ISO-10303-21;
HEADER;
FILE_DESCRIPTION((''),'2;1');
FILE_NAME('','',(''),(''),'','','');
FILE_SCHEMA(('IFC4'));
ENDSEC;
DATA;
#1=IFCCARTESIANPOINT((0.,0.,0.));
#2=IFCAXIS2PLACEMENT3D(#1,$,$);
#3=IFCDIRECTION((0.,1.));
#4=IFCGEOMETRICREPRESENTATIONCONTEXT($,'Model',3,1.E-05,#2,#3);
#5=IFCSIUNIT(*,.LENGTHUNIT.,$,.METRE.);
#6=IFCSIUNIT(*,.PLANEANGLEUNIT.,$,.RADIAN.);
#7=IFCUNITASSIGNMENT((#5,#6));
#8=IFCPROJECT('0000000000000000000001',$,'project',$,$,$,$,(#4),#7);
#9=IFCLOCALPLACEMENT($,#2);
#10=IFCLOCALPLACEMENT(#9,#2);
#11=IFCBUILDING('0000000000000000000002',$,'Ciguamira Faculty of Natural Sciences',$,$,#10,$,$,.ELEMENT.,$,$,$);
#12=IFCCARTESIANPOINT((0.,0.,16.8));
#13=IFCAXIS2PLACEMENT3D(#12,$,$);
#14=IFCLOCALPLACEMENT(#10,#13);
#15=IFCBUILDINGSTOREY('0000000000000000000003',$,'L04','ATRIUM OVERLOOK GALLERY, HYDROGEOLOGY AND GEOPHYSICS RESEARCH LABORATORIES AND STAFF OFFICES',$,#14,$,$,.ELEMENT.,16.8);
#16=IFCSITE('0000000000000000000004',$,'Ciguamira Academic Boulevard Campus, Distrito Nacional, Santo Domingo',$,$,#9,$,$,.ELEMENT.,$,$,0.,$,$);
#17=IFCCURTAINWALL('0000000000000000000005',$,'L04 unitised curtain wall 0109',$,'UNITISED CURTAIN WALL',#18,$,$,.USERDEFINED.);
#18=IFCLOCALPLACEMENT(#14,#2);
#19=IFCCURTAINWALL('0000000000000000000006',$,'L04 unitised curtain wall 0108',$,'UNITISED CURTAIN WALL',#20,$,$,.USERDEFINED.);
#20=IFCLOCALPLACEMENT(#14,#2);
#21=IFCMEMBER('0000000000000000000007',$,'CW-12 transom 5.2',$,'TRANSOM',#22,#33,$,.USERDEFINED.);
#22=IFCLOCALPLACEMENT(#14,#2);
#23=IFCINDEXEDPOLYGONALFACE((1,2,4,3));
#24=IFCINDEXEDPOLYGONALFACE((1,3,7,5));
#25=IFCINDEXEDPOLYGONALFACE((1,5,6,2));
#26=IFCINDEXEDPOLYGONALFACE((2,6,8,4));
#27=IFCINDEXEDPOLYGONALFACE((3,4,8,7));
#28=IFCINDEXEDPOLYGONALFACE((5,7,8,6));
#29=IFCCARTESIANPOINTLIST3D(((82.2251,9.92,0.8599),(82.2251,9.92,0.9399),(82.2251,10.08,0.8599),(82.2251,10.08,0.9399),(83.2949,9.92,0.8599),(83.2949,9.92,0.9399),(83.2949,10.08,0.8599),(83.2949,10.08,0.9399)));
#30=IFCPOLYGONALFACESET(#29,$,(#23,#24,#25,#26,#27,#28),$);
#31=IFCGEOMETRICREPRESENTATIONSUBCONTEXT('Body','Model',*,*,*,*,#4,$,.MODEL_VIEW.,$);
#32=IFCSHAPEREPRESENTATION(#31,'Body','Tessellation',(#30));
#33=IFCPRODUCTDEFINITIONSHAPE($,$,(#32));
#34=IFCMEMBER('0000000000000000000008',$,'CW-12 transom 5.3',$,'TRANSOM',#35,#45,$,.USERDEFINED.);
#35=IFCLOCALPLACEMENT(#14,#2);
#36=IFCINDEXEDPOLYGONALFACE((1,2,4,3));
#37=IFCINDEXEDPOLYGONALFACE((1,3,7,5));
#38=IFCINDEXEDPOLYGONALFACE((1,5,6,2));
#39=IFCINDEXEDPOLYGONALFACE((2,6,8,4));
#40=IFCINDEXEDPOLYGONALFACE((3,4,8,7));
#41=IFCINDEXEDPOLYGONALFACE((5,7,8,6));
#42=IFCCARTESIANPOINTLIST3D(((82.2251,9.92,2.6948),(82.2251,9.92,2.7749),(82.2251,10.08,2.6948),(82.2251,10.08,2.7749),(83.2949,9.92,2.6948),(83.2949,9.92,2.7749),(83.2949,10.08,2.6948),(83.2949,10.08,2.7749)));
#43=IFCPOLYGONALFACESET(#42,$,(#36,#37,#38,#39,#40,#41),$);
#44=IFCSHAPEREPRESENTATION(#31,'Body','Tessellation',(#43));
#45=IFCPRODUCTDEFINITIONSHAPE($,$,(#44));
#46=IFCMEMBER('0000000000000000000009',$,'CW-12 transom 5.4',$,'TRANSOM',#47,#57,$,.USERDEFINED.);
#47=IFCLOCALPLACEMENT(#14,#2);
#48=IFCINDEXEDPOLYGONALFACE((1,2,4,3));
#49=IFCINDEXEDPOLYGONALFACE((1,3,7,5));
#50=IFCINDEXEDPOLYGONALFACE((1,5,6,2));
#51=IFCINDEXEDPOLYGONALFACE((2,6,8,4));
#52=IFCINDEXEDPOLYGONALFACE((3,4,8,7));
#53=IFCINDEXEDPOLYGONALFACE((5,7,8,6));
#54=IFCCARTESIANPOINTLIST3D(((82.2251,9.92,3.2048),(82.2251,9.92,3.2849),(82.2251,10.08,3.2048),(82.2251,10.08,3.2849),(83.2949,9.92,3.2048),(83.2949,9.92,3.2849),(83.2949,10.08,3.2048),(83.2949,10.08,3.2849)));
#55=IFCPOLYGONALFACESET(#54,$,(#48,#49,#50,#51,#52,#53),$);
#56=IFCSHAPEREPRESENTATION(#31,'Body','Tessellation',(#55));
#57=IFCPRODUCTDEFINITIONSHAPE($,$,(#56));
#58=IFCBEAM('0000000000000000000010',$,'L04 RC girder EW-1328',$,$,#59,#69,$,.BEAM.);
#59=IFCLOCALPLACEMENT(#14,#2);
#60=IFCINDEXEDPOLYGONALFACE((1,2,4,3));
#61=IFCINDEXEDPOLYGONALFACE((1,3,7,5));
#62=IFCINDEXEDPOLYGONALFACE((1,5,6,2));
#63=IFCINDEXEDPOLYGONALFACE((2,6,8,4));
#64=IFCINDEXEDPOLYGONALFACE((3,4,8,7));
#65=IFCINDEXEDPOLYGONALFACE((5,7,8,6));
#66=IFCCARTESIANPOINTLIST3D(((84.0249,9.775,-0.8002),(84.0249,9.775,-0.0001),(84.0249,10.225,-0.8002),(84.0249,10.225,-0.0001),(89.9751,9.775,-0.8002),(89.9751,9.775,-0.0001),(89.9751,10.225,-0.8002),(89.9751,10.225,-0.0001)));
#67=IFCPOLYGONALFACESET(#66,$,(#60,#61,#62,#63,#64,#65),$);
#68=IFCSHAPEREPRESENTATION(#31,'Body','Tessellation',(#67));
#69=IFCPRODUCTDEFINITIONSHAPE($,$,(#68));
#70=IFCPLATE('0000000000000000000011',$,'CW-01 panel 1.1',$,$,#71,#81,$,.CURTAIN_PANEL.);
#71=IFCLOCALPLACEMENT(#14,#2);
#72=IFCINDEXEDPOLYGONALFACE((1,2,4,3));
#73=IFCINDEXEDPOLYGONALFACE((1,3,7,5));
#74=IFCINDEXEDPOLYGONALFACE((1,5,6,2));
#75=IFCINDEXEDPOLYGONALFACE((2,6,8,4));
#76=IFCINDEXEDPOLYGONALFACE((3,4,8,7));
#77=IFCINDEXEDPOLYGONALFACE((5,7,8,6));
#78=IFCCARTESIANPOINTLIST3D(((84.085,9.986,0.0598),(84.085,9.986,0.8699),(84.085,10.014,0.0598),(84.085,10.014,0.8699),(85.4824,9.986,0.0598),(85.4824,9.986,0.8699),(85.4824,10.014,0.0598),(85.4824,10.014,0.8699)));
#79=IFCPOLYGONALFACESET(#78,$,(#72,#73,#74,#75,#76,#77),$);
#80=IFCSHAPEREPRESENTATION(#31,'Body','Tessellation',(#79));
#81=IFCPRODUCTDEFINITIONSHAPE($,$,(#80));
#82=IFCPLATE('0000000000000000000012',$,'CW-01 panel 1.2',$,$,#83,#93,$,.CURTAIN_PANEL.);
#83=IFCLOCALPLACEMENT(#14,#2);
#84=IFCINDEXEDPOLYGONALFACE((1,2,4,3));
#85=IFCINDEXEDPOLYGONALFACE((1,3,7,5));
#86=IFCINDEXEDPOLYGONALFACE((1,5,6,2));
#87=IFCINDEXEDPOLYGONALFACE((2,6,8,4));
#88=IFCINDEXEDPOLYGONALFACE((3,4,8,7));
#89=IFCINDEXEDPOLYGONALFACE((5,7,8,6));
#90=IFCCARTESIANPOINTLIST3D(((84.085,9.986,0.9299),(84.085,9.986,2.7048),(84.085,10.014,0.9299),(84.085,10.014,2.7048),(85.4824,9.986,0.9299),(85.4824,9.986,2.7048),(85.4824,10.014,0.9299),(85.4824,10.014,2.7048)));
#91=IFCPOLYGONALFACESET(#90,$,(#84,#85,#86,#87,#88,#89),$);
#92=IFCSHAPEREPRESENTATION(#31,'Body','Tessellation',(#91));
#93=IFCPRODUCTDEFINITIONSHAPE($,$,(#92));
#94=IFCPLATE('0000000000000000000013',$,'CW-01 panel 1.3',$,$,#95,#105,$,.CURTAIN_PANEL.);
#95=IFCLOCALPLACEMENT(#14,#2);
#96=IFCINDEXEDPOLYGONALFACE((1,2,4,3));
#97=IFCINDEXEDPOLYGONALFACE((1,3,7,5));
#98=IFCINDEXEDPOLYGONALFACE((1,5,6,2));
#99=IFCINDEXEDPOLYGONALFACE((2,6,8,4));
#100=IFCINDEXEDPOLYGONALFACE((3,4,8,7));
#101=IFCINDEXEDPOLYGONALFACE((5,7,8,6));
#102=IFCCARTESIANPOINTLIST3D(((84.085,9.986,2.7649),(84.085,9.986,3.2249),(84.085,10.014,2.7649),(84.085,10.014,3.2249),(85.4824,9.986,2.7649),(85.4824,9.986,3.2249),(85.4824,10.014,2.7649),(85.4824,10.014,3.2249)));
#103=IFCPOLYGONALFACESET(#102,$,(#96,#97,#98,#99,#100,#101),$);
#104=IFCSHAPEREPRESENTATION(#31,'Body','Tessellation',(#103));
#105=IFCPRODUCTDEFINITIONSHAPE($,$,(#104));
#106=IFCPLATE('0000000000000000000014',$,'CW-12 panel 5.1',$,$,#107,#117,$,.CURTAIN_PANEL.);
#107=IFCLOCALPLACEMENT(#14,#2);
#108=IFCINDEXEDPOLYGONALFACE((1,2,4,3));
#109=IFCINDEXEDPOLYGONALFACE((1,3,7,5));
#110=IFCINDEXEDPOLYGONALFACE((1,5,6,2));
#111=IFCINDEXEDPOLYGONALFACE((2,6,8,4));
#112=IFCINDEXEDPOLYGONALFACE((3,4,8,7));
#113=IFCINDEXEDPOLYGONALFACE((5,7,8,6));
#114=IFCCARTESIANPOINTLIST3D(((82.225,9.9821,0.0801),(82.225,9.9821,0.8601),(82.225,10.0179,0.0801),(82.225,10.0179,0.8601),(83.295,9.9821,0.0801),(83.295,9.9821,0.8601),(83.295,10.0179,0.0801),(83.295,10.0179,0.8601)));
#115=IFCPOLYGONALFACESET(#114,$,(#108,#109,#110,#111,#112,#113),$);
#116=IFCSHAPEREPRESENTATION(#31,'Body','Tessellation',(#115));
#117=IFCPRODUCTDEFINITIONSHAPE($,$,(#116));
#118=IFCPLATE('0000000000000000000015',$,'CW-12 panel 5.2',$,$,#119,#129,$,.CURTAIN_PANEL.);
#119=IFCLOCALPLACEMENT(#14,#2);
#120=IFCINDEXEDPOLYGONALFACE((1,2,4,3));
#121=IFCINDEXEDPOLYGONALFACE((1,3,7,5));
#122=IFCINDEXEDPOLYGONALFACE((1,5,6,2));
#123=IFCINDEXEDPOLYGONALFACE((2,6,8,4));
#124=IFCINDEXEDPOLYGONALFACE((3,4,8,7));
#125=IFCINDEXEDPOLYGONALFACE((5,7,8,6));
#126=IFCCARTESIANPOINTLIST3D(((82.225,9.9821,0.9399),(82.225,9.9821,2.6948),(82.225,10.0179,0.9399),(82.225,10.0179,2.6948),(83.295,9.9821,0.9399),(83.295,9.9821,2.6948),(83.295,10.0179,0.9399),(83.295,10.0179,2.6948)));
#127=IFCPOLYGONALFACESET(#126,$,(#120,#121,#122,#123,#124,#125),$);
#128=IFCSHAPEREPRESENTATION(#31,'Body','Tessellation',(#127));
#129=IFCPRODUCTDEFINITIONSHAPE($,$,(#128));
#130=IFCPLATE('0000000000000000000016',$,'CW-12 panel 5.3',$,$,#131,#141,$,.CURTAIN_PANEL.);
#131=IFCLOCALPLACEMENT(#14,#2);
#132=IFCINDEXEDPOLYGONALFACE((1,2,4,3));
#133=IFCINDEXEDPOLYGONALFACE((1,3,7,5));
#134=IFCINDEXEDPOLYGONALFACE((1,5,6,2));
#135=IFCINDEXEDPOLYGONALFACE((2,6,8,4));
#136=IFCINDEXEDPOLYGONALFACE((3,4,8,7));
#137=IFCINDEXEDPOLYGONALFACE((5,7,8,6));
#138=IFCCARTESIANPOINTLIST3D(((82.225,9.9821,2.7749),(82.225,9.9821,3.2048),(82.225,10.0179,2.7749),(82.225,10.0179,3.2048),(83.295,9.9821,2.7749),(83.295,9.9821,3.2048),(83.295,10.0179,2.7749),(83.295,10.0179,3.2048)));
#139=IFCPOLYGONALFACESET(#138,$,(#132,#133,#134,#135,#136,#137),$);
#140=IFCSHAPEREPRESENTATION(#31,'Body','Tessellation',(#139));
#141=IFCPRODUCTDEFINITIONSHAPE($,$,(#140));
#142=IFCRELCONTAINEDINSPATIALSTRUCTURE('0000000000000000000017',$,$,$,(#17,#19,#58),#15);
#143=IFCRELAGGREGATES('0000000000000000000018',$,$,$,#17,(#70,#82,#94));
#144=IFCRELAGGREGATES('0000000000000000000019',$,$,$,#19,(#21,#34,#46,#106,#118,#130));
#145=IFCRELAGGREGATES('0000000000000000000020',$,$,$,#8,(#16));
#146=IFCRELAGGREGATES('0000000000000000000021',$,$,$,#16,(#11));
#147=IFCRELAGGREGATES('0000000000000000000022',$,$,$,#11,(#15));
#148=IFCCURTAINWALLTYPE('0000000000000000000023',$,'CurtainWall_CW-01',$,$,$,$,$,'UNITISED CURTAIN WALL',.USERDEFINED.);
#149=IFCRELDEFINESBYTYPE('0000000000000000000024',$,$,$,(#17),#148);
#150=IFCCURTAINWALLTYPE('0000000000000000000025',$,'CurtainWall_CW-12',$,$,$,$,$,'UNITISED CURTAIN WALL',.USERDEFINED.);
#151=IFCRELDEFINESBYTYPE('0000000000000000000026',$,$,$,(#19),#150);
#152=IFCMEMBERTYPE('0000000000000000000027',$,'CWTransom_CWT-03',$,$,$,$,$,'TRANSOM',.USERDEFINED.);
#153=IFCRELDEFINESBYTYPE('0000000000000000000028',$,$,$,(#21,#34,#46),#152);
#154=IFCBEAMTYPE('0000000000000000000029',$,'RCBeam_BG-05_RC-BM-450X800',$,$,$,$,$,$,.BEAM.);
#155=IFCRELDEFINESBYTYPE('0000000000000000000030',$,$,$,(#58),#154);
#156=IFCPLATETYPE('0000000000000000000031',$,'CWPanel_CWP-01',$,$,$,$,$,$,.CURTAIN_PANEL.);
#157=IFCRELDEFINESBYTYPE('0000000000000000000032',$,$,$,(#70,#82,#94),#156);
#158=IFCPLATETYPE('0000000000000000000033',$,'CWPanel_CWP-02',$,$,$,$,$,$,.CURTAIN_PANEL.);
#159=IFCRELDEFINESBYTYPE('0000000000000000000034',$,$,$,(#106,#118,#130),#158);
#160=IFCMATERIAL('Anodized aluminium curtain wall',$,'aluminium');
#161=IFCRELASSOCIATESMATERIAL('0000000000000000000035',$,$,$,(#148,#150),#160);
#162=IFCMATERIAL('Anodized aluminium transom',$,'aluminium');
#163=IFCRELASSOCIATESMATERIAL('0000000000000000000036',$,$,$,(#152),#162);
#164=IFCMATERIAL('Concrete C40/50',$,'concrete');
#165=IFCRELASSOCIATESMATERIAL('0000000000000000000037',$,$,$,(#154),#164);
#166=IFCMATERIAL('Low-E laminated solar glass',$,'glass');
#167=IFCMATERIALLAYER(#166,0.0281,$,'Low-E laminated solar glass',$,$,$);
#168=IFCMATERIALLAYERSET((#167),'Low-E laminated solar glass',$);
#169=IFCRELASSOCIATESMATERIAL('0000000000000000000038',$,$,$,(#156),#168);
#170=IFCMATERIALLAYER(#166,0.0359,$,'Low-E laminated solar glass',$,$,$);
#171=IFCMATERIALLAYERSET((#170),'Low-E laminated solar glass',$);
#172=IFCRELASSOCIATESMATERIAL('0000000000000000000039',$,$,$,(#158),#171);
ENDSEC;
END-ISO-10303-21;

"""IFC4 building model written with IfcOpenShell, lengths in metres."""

from ifc_helpers import new_model, si_unit, direction, frame, origin, origin_2d, place, context, subcontext, project, spatial, rectangle, extrude, material, layer, layer_set, material_profile, profile_set, type_object, element, aggregate, save


model = new_model("IFC4")

# Units and contexts
model_context = context("Model", 3, precision=1e-05, world=origin(), true_north=direction((0.0, 1.0)))
body_context = subcontext(model_context, "Body", "Model", "MODEL_VIEW")
ifc_project = project(units=[si_unit("LENGTHUNIT", "METRE"), si_unit("PLANEANGLEUNIT", "RADIAN")], contexts=[model_context])

# Site, building, storey
site_placement = place(None, origin())
site = spatial("IfcSite", under=ifc_project, at=site_placement, Name="Ciguamira Academic Boulevard Campus, Distrito Nacional, Santo Domingo", CompositionType="ELEMENT", RefElevation=0.0)
building_placement = place(site_placement, origin())
building = spatial("IfcBuilding", under=site, at=building_placement, Name="Ciguamira Faculty of Natural Sciences", CompositionType="ELEMENT")
storey_placement = place(building_placement, frame((0.0, 0.0, 16.8)))
storey = spatial("IfcBuildingStorey", under=building, at=storey_placement, Name="L04", Description="ATRIUM OVERLOOK GALLERY, HYDROGEOLOGY AND GEOPHYSICS RESEARCH LABORATORIES AND STAFF OFFICES", CompositionType="ELEMENT", Elevation=16.8)

# Shared definitions
ifc_material_1 = material(Name="Concrete C40/50", Category="concrete")

# Curtain walls
ifc_material_2 = material(Name="Anodized aluminium curtain wall", Category="aluminium")
curtain_wall_type_1 = type_object("IfcCurtainWallType", Name="CurtainWall_CW-01", ElementType="UNITISED CURTAIN WALL", PredefinedType="USERDEFINED", material=ifc_material_2)
curtain_wall_1_placement = place(storey_placement, origin())
curtain_wall_1 = element("IfcCurtainWall", 1, at=curtain_wall_1_placement, inside=storey, type_object=curtain_wall_type_1, Name="L04 unitised curtain wall 0109", ObjectType="UNITISED CURTAIN WALL", PredefinedType="USERDEFINED")
curtain_wall_type_2 = type_object("IfcCurtainWallType", Name="CurtainWall_CW-12", ElementType="UNITISED CURTAIN WALL", PredefinedType="USERDEFINED", material=ifc_material_2)
curtain_wall_2_placement = place(storey_placement, origin())
curtain_wall_2 = element("IfcCurtainWall", 2, at=curtain_wall_2_placement, inside=storey, type_object=curtain_wall_type_2, Name="L04 unitised curtain wall 0108", ObjectType="UNITISED CURTAIN WALL", PredefinedType="USERDEFINED")

# Members
ifc_material_3 = material(Name="Anodized aluminium transom", Category="aluminium")
ifc_material_profile_1 = material_profile(ifc_material_3, rectangle(XDim=0.0801, YDim=0.1599, at=origin_2d()), Name="ALU-TRN-80X160")
ifc_profile_set_1 = profile_set([ifc_material_profile_1], Name="Anodized aluminium transom")
member_type_1 = type_object("IfcMemberType", Name="CWTransom_CWT-03", ElementType="TRANSOM", PredefinedType="USERDEFINED", material=ifc_profile_set_1)
member_1_placement = place(storey_placement, frame((82.2251, 10.0, 0.8999), z_axis=(1.0, 0.0, 0.0), x_axis=(0.0, 0.0, 1.0)))
member_1 = element("IfcMember", 3, at=member_1_placement, type_object=member_type_1, Name="CW-12 transom 5.2", ObjectType="TRANSOM", PredefinedType="USERDEFINED", context=body_context, shape_type="SweptSolid", body=[
    extrude(rectangle(XDim=0.0801, YDim=0.1599, at=origin_2d()), origin(), (0.0, 0.0, 1.0), 1.0698),
])
member_2_placement = place(storey_placement, frame((82.2251, 10.0, 2.7349), z_axis=(1.0, 0.0, 0.0), x_axis=(0.0, 0.0, 1.0)))
member_2 = element("IfcMember", 4, at=member_2_placement, type_object=member_type_1, Name="CW-12 transom 5.3", ObjectType="TRANSOM", PredefinedType="USERDEFINED", context=body_context, shape_type="SweptSolid", body=[
    extrude(rectangle(XDim=0.0801, YDim=0.1599, at=origin_2d()), origin(), (0.0, 0.0, 1.0), 1.0698),
])
member_3_placement = place(storey_placement, frame((82.2251, 10.0, 3.2449), z_axis=(1.0, 0.0, 0.0), x_axis=(0.0, 0.0, 1.0)))
member_3 = element("IfcMember", 5, at=member_3_placement, type_object=member_type_1, Name="CW-12 transom 5.4", ObjectType="TRANSOM", PredefinedType="USERDEFINED", context=body_context, shape_type="SweptSolid", body=[
    extrude(rectangle(XDim=0.0801, YDim=0.1599, at=origin_2d()), origin(), (0.0, 0.0, 1.0), 1.0698),
])

# Beam
ifc_material_profile_2 = material_profile(ifc_material_1, rectangle(XDim=0.45, YDim=0.8, at=origin_2d()), Name="RC-BM-450X800")
ifc_profile_set_2 = profile_set([ifc_material_profile_2], Name="Concrete C40/50")
beam_type = type_object("IfcBeamType", Name="RCBeam_BG-05_RC-BM-450X800", PredefinedType="BEAM", material=ifc_profile_set_2)
beam_placement = place(storey_placement, frame((84.0249, 10.0, -0.4001), z_axis=(1.0, 0.0, 0.0), x_axis=(0.0, 1.0, 0.0)))
element("IfcBeam", 6, at=beam_placement, inside=storey, type_object=beam_type, Name="L04 RC girder EW-1328", PredefinedType="BEAM", context=body_context, shape_type="SweptSolid", body=[
    extrude(rectangle(XDim=0.45, YDim=0.8, at=origin_2d()), origin(), (0.0, 0.0, 1.0), 5.9502),
])

# Plates
ifc_material_4 = material(Name="Low-E laminated solar glass", Category="glass")
ifc_layer_1 = layer(ifc_material_4, 0.0281, Name="Low-E laminated solar glass")
ifc_layer_set_1 = layer_set([ifc_layer_1], Name="Low-E laminated solar glass")
plate_type_1 = type_object("IfcPlateType", Name="CWPanel_CWP-01", PredefinedType="CURTAIN_PANEL", material=ifc_layer_set_1)
plate_1_placement = place(storey_placement, frame((84.7837, 10.0, 0.0598), z_axis=(0.0, 0.0, 1.0), x_axis=(1.0, 0.0, 0.0)))
plate_1 = element("IfcPlate", 7, at=plate_1_placement, type_object=plate_type_1, Name="CW-01 panel 1.1", PredefinedType="CURTAIN_PANEL", context=body_context, shape_type="SweptSolid", body=[
    extrude(rectangle(XDim=1.3975, YDim=0.0281, at=origin_2d()), origin(), (0.0, 0.0, 1.0), 0.8101),
])
plate_2_placement = place(storey_placement, frame((84.7837, 10.0, 0.9299), z_axis=(0.0, 0.0, 1.0), x_axis=(1.0, 0.0, 0.0)))
plate_2 = element("IfcPlate", 8, at=plate_2_placement, type_object=plate_type_1, Name="CW-01 panel 1.2", PredefinedType="CURTAIN_PANEL", context=body_context, shape_type="SweptSolid", body=[
    extrude(rectangle(XDim=1.3975, YDim=0.0281, at=origin_2d()), origin(), (0.0, 0.0, 1.0), 1.7749),
])
plate_3_placement = place(storey_placement, frame((84.7837, 10.0, 2.7649), z_axis=(0.0, 0.0, 1.0), x_axis=(1.0, 0.0, 0.0)))
plate_3 = element("IfcPlate", 9, at=plate_3_placement, type_object=plate_type_1, Name="CW-01 panel 1.3", PredefinedType="CURTAIN_PANEL", context=body_context, shape_type="SweptSolid", body=[
    extrude(rectangle(XDim=1.3975, YDim=0.0281, at=origin_2d()), origin(), (0.0, 0.0, 1.0), 0.46),
])
aggregate(curtain_wall_1, [plate_1, plate_2, plate_3])
ifc_layer_2 = layer(ifc_material_4, 0.0359, Name="Low-E laminated solar glass")
ifc_layer_set_2 = layer_set([ifc_layer_2], Name="Low-E laminated solar glass")
plate_type_2 = type_object("IfcPlateType", Name="CWPanel_CWP-02", PredefinedType="CURTAIN_PANEL", material=ifc_layer_set_2)
plate_4_placement = place(storey_placement, frame((82.76, 10.0, 0.0801), z_axis=(0.0, 0.0, 1.0), x_axis=(1.0, 0.0, 0.0)))
plate_4 = element("IfcPlate", 10, at=plate_4_placement, type_object=plate_type_2, Name="CW-12 panel 5.1", PredefinedType="CURTAIN_PANEL", context=body_context, shape_type="SweptSolid", body=[
    extrude(rectangle(XDim=1.0701, YDim=0.0359, at=origin_2d()), origin(), (0.0, 0.0, 1.0), 0.78),
])
plate_5_placement = place(storey_placement, frame((82.76, 10.0, 0.9399), z_axis=(0.0, 0.0, 1.0), x_axis=(1.0, 0.0, 0.0)))
plate_5 = element("IfcPlate", 11, at=plate_5_placement, type_object=plate_type_2, Name="CW-12 panel 5.2", PredefinedType="CURTAIN_PANEL", context=body_context, shape_type="SweptSolid", body=[
    extrude(rectangle(XDim=1.0701, YDim=0.0359, at=origin_2d()), origin(), (0.0, 0.0, 1.0), 1.7549),
])
plate_6_placement = place(storey_placement, frame((82.76, 10.0, 2.7749), z_axis=(0.0, 0.0, 1.0), x_axis=(1.0, 0.0, 0.0)))
plate_6 = element("IfcPlate", 12, at=plate_6_placement, type_object=plate_type_2, Name="CW-12 panel 5.3", PredefinedType="CURTAIN_PANEL", context=body_context, shape_type="SweptSolid", body=[
    extrude(rectangle(XDim=1.0701, YDim=0.0359, at=origin_2d()), origin(), (0.0, 0.0, 1.0), 0.4299),
])
aggregate(curtain_wall_2, [member_1, member_2, member_3, plate_4, plate_5, plate_6])

save(model, "model.ifc")
